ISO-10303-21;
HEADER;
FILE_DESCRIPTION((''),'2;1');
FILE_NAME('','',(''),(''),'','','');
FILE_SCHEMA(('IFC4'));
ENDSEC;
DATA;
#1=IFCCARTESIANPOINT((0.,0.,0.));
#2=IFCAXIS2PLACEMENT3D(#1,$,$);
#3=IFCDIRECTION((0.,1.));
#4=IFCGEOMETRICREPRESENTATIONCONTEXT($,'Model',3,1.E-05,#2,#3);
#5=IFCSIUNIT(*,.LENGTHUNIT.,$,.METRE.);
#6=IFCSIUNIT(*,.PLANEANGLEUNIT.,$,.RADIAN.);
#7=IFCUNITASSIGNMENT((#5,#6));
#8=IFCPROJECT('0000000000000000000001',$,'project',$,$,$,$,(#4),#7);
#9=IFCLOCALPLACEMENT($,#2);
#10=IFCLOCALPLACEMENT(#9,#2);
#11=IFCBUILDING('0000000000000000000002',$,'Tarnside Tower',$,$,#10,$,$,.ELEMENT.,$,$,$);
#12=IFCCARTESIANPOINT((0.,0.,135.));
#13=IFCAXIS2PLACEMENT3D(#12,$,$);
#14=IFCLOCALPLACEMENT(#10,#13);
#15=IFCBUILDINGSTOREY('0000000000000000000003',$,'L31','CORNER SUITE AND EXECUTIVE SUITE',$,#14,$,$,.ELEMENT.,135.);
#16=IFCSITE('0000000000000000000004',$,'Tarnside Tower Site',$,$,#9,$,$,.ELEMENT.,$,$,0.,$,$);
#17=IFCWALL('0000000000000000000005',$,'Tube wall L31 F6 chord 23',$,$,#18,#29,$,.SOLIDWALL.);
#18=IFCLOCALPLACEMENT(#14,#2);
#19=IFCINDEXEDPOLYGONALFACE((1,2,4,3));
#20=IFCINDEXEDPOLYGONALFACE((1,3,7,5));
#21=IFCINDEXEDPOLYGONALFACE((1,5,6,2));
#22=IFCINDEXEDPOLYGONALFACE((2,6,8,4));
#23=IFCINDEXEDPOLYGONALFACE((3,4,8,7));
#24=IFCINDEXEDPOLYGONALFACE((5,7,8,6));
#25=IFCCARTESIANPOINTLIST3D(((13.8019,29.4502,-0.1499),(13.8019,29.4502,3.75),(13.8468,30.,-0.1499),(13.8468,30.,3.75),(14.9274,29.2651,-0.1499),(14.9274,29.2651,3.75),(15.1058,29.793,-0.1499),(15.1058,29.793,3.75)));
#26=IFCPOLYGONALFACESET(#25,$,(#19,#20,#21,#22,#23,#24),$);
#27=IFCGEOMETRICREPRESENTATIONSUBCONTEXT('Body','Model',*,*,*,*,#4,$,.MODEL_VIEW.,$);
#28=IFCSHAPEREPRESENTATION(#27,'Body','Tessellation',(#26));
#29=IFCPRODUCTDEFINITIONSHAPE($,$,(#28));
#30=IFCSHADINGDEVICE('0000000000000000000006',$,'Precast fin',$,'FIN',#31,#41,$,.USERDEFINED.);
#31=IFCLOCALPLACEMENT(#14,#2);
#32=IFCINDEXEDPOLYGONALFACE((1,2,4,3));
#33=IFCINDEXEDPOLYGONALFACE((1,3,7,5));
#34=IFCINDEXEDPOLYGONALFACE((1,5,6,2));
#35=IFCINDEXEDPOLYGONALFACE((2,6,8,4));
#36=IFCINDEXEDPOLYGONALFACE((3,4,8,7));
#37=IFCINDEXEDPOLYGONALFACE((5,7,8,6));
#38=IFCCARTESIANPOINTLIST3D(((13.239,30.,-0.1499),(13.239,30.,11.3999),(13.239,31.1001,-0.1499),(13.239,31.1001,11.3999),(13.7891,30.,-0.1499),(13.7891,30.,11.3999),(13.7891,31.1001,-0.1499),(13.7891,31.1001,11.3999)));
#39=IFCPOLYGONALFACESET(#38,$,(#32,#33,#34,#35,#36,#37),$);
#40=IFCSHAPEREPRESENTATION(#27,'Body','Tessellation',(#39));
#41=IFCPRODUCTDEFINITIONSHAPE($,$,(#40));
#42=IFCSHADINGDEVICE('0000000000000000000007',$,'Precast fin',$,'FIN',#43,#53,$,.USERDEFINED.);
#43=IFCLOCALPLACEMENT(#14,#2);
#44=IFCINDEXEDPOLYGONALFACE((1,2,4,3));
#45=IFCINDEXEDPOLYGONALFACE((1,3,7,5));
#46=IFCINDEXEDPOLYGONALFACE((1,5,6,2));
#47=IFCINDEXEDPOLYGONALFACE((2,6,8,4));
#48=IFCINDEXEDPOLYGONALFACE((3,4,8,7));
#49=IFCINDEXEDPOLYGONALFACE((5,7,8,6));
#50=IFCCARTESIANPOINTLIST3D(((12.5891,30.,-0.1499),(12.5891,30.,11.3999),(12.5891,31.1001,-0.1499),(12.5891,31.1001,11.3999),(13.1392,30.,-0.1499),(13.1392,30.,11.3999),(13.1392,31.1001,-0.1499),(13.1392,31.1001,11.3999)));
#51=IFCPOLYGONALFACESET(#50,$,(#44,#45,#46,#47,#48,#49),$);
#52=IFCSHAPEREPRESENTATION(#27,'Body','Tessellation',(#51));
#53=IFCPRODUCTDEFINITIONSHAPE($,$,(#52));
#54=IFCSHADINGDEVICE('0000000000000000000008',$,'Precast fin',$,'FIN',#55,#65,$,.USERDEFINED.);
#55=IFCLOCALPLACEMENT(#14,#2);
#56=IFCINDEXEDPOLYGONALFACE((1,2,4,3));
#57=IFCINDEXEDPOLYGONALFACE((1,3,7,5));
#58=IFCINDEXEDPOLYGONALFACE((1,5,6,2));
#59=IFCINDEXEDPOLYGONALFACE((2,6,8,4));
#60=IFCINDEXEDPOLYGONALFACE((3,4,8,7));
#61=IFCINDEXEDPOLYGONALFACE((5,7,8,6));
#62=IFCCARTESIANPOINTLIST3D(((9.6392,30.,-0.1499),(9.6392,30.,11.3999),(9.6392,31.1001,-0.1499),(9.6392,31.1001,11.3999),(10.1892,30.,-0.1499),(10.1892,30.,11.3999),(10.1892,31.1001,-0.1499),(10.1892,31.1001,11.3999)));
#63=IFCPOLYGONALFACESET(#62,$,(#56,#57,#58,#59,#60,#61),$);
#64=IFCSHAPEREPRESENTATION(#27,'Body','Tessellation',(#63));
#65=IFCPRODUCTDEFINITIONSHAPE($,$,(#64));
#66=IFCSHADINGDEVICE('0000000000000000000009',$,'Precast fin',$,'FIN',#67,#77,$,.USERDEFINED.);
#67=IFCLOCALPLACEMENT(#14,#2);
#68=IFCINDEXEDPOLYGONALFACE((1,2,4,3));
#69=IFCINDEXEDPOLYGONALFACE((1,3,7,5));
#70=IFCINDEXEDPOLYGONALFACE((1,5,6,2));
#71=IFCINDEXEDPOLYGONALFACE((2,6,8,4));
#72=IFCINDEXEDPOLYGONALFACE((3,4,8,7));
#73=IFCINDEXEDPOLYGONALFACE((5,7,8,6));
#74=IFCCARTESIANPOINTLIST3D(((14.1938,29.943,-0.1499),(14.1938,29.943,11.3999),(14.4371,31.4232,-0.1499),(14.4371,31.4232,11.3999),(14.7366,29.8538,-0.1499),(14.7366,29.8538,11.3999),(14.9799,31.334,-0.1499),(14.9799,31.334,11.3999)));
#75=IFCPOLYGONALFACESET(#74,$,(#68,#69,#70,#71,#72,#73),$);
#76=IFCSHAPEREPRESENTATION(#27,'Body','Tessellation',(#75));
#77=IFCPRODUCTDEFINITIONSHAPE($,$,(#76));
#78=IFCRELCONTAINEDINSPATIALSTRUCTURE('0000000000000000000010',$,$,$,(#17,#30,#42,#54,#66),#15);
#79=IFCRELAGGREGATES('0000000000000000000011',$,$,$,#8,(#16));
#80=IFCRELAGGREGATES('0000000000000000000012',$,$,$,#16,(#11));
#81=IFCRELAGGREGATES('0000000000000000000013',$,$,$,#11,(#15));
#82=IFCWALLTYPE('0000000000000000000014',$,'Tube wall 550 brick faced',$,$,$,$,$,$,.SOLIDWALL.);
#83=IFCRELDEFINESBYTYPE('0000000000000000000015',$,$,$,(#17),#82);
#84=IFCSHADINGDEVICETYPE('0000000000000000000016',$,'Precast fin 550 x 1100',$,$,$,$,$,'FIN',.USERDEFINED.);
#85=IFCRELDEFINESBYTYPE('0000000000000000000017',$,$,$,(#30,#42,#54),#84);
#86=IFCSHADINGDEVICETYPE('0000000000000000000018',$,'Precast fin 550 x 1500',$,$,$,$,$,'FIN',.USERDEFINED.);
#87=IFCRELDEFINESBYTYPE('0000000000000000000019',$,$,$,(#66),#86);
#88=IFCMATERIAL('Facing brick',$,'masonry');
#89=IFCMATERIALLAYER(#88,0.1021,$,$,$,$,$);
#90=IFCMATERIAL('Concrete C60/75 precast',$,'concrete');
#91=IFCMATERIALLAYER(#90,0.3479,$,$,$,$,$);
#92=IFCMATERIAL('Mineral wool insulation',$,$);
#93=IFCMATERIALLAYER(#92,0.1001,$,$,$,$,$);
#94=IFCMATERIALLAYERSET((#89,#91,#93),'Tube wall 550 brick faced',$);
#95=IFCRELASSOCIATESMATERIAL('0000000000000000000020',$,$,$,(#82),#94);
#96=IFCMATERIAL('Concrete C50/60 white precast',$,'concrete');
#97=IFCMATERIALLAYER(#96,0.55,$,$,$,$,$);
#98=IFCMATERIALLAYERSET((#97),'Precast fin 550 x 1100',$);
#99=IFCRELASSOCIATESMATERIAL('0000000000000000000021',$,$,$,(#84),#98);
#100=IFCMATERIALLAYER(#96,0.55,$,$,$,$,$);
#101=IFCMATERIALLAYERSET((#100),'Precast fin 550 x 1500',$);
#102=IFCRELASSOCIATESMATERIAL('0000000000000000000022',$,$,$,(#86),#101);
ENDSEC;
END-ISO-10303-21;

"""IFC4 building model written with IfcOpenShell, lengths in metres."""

from ifc_helpers import new_model, si_unit, direction, frame, origin, place, context, subcontext, project, spatial, polyline, outline, extrude, material, layer, layer_set, type_object, element, save


model = new_model("IFC4")

# Units and contexts
model_context = context("Model", 3, precision=1e-05, world=origin(), true_north=direction((0.0, 1.0)))
body_context = subcontext(model_context, "Body", "Model", "MODEL_VIEW")
ifc_project = project(units=[si_unit("LENGTHUNIT", "METRE"), si_unit("PLANEANGLEUNIT", "RADIAN")], contexts=[model_context])

# Site, building, storey
site_placement = place(None, origin())
site = spatial("IfcSite", under=ifc_project, at=site_placement, Name="Tarnside Tower Site", CompositionType="ELEMENT", RefElevation=0.0)
building_placement = place(site_placement, origin())
building = spatial("IfcBuilding", under=site, at=building_placement, Name="Tarnside Tower", CompositionType="ELEMENT")
storey_placement = place(building_placement, frame((0.0, 0.0, 135.0)))
storey = spatial("IfcBuildingStorey", under=building, at=storey_placement, Name="L31", Description="CORNER SUITE AND EXECUTIVE SUITE", CompositionType="ELEMENT", Elevation=135.0)

# Shared definitions
ifc_material_1 = material(Name="Facing brick", Category="masonry")
ifc_layer_1 = layer(ifc_material_1, 0.1021)
ifc_material_2 = material(Name="Concrete C60/75 precast", Category="concrete")
ifc_layer_2 = layer(ifc_material_2, 0.3479)
ifc_material_3 = material(Name="Mineral wool insulation")
ifc_layer_3 = layer(ifc_material_3, 0.1001)
ifc_layer_set_1 = layer_set([ifc_layer_1, ifc_layer_2, ifc_layer_3], Name="Tube wall 550 brick faced")
wall_type_1 = type_object("IfcWallType", Name="Tube wall 550 brick faced", PredefinedType="SOLIDWALL", material=ifc_layer_set_1)

# Wall
wall_1_placement = place(storey_placement, frame((15.0166, 29.5291, -0.1499), z_axis=(0.0, 0.0, 1.0), x_axis=(-0.986747, 0.162269, 0.0)))
element("IfcWall", 1, at=wall_1_placement, inside=storey, type_object=wall_type_1, Name="Tube wall L31 F6 chord 23", PredefinedType="SOLIDWALL", context=body_context, shape_type="SweptSolid", body=[
    extrude(outline(polyline([(-0.0452, -0.2749), (1.2307, -0.2749), (1.1858, 0.2749), (0.0452, 0.2749), (-0.0452, -0.2749)])), origin(), (0.0, 0.0, 1.0), 3.8999),
])

# Shading devices
ifc_material_4 = material(Name="Concrete C50/60 white precast", Category="concrete")
ifc_layer_4 = layer(ifc_material_4, 0.55)
ifc_layer_set_2 = layer_set([ifc_layer_4], Name="Precast fin 550 x 1100")
shading_device_type_1 = type_object("IfcShadingDeviceType", Name="Precast fin 550 x 1100", ElementType="FIN", PredefinedType="USERDEFINED", material=ifc_layer_set_2)
for number, where, z_axis, x_axis, name in (
    (2, (13.5139, 30.0, -0.1499), (1.0, 0.0, 0.0), (0.0, 1.0, 0.0), "Precast fin"),
    (3, (12.864, 30.0, -0.1499), (1.0, 0.0, 0.0), (0.0, 1.0, 0.0), "Precast fin"),
    (4, (9.9141, 30.0, -0.1499), (1.0, 0.0, 0.0), (0.0, 1.0, 0.0), "Precast fin"),
):
    element("IfcShadingDevice", number, at=place(storey_placement, frame(where, z_axis=z_axis, x_axis=x_axis)), inside=storey, type_object=shading_device_type_1, Name=name, ObjectType="FIN", PredefinedType="USERDEFINED", context=body_context, shape_type="SweptSolid", body=[
        extrude(outline(polyline([(0.0, 0.0), (1.1001, 0.0), (1.1001, 11.5498), (0.0, 11.5498), (0.0, 0.0)])), frame((0.0, 0.0, -0.2749)), (0.0, 0.0, 1.0), 0.55),
    ])
ifc_layer_5 = layer(ifc_material_4, 0.55)
ifc_layer_set_3 = layer_set([ifc_layer_5], Name="Precast fin 550 x 1500")
shading_device_type_2 = type_object("IfcShadingDeviceType", Name="Precast fin 550 x 1500", ElementType="FIN", PredefinedType="USERDEFINED", material=ifc_layer_set_3)
shading_device_placement = place(storey_placement, frame((14.4651, 29.8984, -0.1499), z_axis=(0.986762, -0.162178, 0.0), x_axis=(0.162178, 0.986762, 0.0)))
element("IfcShadingDevice", 5, at=shading_device_placement, inside=storey, type_object=shading_device_type_2, Name="Precast fin", ObjectType="FIN", PredefinedType="USERDEFINED", context=body_context, shape_type="SweptSolid", body=[
    extrude(outline(polyline([(0.0, 0.0), (1.5, 0.0), (1.5, 11.5498), (0.0, 11.5498), (0.0, 0.0)])), frame((0.0, 0.0, -0.2749)), (0.0, 0.0, 1.0), 0.55),
])

save(model, "model.ifc")
